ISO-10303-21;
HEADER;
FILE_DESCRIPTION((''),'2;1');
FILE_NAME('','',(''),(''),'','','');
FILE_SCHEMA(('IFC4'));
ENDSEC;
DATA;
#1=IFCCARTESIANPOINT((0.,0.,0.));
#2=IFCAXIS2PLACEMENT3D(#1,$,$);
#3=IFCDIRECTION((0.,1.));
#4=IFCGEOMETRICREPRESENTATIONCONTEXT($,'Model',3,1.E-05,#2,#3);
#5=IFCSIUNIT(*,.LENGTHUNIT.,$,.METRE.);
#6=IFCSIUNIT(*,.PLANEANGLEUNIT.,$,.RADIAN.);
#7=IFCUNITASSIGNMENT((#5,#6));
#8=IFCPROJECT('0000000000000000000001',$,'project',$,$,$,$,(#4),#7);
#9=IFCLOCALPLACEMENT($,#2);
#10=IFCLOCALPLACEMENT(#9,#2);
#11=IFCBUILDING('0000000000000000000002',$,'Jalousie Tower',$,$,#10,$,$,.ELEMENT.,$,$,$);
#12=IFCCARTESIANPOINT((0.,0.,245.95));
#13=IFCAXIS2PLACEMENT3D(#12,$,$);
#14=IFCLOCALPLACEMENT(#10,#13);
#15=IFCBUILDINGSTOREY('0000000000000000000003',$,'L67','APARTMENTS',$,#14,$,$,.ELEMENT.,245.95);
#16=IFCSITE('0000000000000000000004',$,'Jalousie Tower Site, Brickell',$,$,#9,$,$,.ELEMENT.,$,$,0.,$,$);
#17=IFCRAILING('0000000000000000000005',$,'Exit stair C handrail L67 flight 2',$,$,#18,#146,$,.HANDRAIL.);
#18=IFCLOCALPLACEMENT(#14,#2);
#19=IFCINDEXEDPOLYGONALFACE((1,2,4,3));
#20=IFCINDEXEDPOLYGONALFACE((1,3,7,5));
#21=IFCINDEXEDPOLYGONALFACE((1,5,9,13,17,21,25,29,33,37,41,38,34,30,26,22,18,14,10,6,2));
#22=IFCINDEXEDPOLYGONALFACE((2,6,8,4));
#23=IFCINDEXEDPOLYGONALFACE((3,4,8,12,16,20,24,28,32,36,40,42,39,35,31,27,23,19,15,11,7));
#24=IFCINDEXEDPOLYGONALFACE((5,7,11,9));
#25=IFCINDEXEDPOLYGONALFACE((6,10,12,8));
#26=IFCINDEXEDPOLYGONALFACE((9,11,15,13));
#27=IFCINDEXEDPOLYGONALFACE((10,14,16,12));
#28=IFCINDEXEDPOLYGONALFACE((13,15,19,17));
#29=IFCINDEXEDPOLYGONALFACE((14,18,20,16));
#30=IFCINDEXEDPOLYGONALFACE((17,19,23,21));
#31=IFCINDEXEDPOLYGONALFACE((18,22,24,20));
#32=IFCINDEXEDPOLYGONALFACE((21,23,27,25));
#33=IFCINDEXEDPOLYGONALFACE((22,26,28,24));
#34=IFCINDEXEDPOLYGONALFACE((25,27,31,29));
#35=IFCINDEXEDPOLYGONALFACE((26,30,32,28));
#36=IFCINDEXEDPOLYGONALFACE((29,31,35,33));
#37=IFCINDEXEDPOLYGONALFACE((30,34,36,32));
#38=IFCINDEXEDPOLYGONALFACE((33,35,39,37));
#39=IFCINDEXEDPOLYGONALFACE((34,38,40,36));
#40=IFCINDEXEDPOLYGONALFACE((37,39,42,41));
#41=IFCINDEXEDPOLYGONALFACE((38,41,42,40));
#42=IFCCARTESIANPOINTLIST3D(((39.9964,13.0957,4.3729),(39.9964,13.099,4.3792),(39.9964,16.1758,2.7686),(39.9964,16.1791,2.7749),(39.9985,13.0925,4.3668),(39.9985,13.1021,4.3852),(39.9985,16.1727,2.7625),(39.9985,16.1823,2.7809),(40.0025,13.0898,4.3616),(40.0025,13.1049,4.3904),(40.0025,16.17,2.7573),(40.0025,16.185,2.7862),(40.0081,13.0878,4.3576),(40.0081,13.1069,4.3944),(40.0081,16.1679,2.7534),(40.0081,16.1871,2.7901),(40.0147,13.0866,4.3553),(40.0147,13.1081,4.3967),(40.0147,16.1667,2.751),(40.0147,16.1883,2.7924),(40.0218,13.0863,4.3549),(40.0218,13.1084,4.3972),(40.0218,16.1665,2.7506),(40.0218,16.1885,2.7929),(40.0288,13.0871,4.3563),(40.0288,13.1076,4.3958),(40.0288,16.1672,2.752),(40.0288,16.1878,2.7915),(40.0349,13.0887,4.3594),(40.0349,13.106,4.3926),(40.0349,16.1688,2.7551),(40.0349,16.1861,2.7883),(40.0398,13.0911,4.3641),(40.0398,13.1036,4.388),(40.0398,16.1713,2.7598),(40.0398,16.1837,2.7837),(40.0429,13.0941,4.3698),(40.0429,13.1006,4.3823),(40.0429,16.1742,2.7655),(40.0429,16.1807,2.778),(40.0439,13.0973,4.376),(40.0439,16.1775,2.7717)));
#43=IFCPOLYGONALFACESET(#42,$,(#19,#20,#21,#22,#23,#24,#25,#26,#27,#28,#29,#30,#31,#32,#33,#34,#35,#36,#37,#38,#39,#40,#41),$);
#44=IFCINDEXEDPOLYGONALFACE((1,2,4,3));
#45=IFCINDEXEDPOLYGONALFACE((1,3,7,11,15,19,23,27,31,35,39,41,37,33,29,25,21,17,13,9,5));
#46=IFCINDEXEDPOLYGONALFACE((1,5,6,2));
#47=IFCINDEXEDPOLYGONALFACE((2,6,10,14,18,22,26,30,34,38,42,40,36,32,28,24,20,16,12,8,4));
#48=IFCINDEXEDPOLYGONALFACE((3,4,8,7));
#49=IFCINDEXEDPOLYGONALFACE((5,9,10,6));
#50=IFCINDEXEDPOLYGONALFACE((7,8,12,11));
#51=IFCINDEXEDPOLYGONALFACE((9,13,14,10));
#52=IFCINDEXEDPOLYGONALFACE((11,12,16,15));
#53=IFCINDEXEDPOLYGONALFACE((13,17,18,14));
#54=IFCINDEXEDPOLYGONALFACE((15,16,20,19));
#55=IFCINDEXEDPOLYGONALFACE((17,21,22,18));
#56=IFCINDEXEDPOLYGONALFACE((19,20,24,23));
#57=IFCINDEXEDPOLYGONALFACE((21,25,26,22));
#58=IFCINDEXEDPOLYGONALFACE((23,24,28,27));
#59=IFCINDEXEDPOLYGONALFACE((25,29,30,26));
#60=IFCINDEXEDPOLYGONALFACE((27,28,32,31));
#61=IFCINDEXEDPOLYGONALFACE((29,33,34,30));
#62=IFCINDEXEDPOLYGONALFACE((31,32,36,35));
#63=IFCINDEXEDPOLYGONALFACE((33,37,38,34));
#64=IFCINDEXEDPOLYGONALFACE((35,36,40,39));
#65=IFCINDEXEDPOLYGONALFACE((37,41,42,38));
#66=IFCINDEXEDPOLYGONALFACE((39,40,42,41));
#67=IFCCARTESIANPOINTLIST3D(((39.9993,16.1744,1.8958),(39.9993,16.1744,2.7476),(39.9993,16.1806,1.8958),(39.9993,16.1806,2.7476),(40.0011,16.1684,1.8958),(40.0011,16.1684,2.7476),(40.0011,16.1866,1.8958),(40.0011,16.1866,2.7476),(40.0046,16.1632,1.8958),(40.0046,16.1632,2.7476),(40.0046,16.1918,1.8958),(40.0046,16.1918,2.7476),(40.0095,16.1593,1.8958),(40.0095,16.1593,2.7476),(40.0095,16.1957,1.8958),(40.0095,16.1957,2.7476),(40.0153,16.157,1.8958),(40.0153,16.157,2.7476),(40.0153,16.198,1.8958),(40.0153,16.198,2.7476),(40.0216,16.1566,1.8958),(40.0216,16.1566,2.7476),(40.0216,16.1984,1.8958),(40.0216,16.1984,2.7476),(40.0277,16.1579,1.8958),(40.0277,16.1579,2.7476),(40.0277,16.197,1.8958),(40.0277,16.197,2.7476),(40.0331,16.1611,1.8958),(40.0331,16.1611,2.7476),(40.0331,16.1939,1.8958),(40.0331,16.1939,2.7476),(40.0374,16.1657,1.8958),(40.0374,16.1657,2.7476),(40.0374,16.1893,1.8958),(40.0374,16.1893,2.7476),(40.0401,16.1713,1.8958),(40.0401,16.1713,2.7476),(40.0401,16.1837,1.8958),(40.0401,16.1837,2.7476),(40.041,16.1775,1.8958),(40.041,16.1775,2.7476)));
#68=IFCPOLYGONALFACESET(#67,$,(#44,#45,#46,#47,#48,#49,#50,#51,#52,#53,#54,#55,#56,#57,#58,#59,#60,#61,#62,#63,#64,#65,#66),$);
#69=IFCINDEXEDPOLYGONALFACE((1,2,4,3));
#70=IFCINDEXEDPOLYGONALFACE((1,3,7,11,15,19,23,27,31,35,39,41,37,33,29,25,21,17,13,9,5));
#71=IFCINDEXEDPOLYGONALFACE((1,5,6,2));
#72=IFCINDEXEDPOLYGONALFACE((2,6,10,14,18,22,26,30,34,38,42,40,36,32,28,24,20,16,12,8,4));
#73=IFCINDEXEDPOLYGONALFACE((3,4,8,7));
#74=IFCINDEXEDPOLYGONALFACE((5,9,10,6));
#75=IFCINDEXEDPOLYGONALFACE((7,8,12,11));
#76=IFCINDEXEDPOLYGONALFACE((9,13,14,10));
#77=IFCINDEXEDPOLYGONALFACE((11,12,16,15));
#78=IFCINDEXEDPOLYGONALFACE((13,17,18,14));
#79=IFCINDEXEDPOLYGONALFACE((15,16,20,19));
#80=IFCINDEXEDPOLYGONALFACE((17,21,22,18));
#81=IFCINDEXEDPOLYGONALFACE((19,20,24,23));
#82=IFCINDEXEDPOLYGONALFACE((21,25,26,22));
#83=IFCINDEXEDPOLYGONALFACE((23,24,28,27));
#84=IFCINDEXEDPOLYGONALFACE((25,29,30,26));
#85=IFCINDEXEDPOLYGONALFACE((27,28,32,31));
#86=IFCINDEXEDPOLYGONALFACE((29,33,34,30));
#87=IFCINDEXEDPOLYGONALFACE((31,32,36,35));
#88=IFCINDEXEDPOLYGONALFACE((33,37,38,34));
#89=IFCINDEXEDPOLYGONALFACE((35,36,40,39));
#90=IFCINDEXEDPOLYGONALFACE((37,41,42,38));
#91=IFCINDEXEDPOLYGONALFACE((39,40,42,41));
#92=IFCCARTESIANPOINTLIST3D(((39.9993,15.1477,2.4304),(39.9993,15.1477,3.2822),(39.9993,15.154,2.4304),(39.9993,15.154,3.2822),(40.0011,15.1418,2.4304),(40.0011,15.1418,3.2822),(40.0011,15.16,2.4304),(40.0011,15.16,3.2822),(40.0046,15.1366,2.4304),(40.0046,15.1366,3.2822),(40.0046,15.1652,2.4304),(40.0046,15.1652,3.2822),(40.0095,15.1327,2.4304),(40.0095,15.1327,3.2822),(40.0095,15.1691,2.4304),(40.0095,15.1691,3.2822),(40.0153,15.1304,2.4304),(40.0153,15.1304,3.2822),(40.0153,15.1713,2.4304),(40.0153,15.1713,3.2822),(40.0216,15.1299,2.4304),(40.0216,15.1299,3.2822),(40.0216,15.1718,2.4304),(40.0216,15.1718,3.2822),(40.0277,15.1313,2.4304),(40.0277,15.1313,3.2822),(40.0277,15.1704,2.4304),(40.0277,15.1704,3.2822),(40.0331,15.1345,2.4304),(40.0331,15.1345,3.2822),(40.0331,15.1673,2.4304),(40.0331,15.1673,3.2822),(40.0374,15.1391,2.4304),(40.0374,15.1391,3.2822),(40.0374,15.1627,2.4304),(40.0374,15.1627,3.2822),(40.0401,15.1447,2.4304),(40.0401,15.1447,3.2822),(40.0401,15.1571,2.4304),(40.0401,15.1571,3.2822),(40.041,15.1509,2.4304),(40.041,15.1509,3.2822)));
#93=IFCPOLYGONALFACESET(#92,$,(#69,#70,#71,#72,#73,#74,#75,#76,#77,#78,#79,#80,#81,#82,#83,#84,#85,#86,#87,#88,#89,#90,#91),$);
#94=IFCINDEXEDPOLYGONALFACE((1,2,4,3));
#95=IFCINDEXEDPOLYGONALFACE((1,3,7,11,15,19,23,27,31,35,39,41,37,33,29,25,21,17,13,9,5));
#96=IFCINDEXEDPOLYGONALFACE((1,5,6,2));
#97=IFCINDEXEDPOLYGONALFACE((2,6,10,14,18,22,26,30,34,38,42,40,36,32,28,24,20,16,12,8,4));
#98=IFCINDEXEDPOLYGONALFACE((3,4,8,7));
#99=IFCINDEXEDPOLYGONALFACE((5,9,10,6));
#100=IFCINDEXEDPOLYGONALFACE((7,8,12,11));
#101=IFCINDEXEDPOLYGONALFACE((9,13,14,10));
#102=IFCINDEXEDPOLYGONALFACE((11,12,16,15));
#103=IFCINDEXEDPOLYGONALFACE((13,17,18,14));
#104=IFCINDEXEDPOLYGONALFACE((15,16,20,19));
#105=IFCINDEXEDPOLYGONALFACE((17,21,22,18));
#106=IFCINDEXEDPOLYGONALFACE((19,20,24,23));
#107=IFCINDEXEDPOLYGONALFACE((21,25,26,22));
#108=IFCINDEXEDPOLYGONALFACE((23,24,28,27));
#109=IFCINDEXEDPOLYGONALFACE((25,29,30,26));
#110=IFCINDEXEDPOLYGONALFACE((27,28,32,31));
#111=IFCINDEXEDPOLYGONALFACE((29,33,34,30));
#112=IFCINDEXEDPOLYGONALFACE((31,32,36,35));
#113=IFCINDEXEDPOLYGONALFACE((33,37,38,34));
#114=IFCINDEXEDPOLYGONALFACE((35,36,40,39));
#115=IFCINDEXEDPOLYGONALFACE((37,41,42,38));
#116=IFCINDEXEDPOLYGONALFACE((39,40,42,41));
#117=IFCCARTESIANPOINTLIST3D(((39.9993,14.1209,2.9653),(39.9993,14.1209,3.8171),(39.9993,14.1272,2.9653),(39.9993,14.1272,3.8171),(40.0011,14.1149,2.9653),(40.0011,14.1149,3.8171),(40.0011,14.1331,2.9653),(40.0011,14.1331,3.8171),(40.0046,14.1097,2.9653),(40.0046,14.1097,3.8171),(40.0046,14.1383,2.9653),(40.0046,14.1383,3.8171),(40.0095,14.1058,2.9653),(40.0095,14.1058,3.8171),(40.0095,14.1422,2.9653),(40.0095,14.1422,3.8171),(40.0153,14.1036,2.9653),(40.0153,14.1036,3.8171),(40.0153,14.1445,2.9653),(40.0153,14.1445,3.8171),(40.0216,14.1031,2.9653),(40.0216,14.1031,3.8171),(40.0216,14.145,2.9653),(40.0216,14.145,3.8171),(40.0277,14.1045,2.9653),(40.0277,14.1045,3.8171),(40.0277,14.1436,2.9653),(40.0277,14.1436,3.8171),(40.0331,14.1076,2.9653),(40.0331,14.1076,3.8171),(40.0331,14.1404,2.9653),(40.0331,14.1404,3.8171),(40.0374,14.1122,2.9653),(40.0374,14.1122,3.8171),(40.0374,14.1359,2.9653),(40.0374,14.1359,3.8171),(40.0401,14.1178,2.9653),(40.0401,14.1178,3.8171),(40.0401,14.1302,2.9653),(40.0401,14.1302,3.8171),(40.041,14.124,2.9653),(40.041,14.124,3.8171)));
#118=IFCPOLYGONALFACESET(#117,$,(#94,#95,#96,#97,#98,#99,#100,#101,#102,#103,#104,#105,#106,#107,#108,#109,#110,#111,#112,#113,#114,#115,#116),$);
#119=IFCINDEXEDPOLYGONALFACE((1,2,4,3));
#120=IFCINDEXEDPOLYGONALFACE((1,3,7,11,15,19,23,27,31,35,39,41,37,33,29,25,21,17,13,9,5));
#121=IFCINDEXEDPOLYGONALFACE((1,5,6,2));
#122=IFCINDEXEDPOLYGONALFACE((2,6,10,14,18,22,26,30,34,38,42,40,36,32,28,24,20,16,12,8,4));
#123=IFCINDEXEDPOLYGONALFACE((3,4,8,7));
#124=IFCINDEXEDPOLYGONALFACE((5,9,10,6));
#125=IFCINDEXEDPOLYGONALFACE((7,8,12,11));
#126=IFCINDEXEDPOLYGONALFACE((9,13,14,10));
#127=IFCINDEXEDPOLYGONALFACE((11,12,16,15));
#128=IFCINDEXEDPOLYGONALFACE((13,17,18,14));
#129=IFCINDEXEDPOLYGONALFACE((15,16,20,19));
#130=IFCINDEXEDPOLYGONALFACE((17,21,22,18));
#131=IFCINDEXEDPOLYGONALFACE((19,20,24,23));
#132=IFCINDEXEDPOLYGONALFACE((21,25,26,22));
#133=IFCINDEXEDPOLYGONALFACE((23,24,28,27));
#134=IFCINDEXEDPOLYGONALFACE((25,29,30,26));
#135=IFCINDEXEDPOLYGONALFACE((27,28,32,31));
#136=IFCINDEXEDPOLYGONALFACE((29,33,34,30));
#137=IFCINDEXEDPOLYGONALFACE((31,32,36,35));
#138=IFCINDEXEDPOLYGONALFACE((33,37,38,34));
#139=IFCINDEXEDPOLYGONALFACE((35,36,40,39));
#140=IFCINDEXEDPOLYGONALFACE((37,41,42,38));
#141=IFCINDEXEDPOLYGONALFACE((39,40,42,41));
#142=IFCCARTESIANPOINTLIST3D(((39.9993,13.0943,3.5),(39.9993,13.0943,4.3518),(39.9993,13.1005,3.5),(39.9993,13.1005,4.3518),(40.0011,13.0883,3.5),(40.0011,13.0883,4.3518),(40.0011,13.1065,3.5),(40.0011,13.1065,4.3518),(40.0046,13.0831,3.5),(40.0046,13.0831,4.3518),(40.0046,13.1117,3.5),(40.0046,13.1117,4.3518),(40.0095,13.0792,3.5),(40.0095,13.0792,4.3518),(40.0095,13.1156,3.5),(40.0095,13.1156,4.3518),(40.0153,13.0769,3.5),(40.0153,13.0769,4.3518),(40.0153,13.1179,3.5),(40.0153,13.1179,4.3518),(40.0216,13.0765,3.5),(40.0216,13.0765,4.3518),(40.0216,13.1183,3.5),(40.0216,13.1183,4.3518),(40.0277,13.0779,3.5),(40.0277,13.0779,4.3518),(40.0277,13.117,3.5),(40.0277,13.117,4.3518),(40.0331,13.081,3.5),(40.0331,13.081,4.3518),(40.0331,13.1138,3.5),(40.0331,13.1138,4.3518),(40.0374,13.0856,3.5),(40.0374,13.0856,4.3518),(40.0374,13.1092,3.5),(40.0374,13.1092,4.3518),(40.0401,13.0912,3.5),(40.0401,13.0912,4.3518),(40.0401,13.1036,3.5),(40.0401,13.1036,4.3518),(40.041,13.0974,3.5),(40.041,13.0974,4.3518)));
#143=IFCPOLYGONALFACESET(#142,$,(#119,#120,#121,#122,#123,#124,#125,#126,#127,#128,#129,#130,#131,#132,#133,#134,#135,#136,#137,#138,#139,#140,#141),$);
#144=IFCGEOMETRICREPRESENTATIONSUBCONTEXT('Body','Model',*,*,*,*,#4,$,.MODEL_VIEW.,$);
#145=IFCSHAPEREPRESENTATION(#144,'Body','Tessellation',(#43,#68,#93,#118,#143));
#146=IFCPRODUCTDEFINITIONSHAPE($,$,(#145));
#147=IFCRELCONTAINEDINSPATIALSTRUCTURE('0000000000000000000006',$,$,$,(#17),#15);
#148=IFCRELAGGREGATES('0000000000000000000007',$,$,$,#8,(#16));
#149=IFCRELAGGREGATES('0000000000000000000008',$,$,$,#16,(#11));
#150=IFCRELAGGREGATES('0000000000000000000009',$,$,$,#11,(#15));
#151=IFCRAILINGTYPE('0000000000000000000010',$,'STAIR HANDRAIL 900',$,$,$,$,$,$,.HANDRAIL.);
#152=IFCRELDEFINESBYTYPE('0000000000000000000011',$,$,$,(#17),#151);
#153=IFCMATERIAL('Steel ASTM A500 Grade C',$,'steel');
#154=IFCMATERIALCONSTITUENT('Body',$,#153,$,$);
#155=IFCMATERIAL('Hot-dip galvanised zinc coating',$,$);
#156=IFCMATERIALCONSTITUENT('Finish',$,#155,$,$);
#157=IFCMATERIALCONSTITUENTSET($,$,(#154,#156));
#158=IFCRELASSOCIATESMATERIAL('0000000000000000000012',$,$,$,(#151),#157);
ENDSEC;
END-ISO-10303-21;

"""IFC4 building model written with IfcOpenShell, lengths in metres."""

from ifc_helpers import new_model, si_unit, direction, frame, origin, origin_2d, place, context, subcontext, project, spatial, circle, extrude, material, constituent, constituent_set, type_object, element, save


model = new_model("IFC4")

# Units and contexts
model_context = context("Model", 3, precision=1e-05, world=origin(), true_north=direction((0.0, 1.0)))
body_context = subcontext(model_context, "Body", "Model", "MODEL_VIEW")
ifc_project = project(units=[si_unit("LENGTHUNIT", "METRE"), si_unit("PLANEANGLEUNIT", "RADIAN")], contexts=[model_context])

# Site, building, storey
site_placement = place(None, origin())
site = spatial("IfcSite", under=ifc_project, at=site_placement, Name="Jalousie Tower Site, Brickell", CompositionType="ELEMENT", RefElevation=0.0)
building_placement = place(site_placement, origin())
building = spatial("IfcBuilding", under=site, at=building_placement, Name="Jalousie Tower", CompositionType="ELEMENT")
storey_placement = place(building_placement, frame((0.0, 0.0, 245.95)))
storey = spatial("IfcBuildingStorey", under=building, at=storey_placement, Name="L67", Description="APARTMENTS", CompositionType="ELEMENT", Elevation=245.95)

# Railing
ifc_material_1 = material(Name="Steel ASTM A500 Grade C", Category="steel")
ifc_constituent_1 = constituent(ifc_material_1, Name="Body")
ifc_material_2 = material(Name="Hot-dip galvanised zinc coating")
ifc_constituent_2 = constituent(ifc_material_2, Name="Finish")
ifc_constituent_set_1 = constituent_set(constituents=[ifc_constituent_1, ifc_constituent_2])
railing_type_1 = type_object("IfcRailingType", Name="STAIR HANDRAIL 900", PredefinedType="HANDRAIL", material=ifc_constituent_set_1)
railing_1_placement = place(storey_placement, frame((40.02, 16.1775, 1.8958)))
element("IfcRailing", 1, at=railing_1_placement, inside=storey, type_object=railing_type_1, Name="Exit stair C handrail L67 flight 2", PredefinedType="HANDRAIL", context=body_context, shape_type="SweptSolid", body=[
    extrude(circle(Radius=0.0239, at=origin_2d()), frame((0.0, 0.0, 0.876), z_axis=(0.0, -0.886909, 0.461944), x_axis=(1.0, 0.0, 0.0)), (0.0, 0.0, 1.0), 3.4729),
    extrude(circle(Radius=0.021, at=origin_2d()), origin(), (0.0, 0.0, 1.0), 0.8518),
    extrude(circle(Radius=0.021, at=origin_2d()), frame((0.0, -1.0266, 0.5347)), (0.0, 0.0, 1.0), 0.8518),
    extrude(circle(Radius=0.021, at=origin_2d()), frame((0.0, -2.0535, 1.0696)), (0.0, 0.0, 1.0), 0.8518),
    extrude(circle(Radius=0.021, at=origin_2d()), frame((0.0, -3.0801, 1.6042)), (0.0, 0.0, 1.0), 0.8518),
])

save(model, "model.ifc")
